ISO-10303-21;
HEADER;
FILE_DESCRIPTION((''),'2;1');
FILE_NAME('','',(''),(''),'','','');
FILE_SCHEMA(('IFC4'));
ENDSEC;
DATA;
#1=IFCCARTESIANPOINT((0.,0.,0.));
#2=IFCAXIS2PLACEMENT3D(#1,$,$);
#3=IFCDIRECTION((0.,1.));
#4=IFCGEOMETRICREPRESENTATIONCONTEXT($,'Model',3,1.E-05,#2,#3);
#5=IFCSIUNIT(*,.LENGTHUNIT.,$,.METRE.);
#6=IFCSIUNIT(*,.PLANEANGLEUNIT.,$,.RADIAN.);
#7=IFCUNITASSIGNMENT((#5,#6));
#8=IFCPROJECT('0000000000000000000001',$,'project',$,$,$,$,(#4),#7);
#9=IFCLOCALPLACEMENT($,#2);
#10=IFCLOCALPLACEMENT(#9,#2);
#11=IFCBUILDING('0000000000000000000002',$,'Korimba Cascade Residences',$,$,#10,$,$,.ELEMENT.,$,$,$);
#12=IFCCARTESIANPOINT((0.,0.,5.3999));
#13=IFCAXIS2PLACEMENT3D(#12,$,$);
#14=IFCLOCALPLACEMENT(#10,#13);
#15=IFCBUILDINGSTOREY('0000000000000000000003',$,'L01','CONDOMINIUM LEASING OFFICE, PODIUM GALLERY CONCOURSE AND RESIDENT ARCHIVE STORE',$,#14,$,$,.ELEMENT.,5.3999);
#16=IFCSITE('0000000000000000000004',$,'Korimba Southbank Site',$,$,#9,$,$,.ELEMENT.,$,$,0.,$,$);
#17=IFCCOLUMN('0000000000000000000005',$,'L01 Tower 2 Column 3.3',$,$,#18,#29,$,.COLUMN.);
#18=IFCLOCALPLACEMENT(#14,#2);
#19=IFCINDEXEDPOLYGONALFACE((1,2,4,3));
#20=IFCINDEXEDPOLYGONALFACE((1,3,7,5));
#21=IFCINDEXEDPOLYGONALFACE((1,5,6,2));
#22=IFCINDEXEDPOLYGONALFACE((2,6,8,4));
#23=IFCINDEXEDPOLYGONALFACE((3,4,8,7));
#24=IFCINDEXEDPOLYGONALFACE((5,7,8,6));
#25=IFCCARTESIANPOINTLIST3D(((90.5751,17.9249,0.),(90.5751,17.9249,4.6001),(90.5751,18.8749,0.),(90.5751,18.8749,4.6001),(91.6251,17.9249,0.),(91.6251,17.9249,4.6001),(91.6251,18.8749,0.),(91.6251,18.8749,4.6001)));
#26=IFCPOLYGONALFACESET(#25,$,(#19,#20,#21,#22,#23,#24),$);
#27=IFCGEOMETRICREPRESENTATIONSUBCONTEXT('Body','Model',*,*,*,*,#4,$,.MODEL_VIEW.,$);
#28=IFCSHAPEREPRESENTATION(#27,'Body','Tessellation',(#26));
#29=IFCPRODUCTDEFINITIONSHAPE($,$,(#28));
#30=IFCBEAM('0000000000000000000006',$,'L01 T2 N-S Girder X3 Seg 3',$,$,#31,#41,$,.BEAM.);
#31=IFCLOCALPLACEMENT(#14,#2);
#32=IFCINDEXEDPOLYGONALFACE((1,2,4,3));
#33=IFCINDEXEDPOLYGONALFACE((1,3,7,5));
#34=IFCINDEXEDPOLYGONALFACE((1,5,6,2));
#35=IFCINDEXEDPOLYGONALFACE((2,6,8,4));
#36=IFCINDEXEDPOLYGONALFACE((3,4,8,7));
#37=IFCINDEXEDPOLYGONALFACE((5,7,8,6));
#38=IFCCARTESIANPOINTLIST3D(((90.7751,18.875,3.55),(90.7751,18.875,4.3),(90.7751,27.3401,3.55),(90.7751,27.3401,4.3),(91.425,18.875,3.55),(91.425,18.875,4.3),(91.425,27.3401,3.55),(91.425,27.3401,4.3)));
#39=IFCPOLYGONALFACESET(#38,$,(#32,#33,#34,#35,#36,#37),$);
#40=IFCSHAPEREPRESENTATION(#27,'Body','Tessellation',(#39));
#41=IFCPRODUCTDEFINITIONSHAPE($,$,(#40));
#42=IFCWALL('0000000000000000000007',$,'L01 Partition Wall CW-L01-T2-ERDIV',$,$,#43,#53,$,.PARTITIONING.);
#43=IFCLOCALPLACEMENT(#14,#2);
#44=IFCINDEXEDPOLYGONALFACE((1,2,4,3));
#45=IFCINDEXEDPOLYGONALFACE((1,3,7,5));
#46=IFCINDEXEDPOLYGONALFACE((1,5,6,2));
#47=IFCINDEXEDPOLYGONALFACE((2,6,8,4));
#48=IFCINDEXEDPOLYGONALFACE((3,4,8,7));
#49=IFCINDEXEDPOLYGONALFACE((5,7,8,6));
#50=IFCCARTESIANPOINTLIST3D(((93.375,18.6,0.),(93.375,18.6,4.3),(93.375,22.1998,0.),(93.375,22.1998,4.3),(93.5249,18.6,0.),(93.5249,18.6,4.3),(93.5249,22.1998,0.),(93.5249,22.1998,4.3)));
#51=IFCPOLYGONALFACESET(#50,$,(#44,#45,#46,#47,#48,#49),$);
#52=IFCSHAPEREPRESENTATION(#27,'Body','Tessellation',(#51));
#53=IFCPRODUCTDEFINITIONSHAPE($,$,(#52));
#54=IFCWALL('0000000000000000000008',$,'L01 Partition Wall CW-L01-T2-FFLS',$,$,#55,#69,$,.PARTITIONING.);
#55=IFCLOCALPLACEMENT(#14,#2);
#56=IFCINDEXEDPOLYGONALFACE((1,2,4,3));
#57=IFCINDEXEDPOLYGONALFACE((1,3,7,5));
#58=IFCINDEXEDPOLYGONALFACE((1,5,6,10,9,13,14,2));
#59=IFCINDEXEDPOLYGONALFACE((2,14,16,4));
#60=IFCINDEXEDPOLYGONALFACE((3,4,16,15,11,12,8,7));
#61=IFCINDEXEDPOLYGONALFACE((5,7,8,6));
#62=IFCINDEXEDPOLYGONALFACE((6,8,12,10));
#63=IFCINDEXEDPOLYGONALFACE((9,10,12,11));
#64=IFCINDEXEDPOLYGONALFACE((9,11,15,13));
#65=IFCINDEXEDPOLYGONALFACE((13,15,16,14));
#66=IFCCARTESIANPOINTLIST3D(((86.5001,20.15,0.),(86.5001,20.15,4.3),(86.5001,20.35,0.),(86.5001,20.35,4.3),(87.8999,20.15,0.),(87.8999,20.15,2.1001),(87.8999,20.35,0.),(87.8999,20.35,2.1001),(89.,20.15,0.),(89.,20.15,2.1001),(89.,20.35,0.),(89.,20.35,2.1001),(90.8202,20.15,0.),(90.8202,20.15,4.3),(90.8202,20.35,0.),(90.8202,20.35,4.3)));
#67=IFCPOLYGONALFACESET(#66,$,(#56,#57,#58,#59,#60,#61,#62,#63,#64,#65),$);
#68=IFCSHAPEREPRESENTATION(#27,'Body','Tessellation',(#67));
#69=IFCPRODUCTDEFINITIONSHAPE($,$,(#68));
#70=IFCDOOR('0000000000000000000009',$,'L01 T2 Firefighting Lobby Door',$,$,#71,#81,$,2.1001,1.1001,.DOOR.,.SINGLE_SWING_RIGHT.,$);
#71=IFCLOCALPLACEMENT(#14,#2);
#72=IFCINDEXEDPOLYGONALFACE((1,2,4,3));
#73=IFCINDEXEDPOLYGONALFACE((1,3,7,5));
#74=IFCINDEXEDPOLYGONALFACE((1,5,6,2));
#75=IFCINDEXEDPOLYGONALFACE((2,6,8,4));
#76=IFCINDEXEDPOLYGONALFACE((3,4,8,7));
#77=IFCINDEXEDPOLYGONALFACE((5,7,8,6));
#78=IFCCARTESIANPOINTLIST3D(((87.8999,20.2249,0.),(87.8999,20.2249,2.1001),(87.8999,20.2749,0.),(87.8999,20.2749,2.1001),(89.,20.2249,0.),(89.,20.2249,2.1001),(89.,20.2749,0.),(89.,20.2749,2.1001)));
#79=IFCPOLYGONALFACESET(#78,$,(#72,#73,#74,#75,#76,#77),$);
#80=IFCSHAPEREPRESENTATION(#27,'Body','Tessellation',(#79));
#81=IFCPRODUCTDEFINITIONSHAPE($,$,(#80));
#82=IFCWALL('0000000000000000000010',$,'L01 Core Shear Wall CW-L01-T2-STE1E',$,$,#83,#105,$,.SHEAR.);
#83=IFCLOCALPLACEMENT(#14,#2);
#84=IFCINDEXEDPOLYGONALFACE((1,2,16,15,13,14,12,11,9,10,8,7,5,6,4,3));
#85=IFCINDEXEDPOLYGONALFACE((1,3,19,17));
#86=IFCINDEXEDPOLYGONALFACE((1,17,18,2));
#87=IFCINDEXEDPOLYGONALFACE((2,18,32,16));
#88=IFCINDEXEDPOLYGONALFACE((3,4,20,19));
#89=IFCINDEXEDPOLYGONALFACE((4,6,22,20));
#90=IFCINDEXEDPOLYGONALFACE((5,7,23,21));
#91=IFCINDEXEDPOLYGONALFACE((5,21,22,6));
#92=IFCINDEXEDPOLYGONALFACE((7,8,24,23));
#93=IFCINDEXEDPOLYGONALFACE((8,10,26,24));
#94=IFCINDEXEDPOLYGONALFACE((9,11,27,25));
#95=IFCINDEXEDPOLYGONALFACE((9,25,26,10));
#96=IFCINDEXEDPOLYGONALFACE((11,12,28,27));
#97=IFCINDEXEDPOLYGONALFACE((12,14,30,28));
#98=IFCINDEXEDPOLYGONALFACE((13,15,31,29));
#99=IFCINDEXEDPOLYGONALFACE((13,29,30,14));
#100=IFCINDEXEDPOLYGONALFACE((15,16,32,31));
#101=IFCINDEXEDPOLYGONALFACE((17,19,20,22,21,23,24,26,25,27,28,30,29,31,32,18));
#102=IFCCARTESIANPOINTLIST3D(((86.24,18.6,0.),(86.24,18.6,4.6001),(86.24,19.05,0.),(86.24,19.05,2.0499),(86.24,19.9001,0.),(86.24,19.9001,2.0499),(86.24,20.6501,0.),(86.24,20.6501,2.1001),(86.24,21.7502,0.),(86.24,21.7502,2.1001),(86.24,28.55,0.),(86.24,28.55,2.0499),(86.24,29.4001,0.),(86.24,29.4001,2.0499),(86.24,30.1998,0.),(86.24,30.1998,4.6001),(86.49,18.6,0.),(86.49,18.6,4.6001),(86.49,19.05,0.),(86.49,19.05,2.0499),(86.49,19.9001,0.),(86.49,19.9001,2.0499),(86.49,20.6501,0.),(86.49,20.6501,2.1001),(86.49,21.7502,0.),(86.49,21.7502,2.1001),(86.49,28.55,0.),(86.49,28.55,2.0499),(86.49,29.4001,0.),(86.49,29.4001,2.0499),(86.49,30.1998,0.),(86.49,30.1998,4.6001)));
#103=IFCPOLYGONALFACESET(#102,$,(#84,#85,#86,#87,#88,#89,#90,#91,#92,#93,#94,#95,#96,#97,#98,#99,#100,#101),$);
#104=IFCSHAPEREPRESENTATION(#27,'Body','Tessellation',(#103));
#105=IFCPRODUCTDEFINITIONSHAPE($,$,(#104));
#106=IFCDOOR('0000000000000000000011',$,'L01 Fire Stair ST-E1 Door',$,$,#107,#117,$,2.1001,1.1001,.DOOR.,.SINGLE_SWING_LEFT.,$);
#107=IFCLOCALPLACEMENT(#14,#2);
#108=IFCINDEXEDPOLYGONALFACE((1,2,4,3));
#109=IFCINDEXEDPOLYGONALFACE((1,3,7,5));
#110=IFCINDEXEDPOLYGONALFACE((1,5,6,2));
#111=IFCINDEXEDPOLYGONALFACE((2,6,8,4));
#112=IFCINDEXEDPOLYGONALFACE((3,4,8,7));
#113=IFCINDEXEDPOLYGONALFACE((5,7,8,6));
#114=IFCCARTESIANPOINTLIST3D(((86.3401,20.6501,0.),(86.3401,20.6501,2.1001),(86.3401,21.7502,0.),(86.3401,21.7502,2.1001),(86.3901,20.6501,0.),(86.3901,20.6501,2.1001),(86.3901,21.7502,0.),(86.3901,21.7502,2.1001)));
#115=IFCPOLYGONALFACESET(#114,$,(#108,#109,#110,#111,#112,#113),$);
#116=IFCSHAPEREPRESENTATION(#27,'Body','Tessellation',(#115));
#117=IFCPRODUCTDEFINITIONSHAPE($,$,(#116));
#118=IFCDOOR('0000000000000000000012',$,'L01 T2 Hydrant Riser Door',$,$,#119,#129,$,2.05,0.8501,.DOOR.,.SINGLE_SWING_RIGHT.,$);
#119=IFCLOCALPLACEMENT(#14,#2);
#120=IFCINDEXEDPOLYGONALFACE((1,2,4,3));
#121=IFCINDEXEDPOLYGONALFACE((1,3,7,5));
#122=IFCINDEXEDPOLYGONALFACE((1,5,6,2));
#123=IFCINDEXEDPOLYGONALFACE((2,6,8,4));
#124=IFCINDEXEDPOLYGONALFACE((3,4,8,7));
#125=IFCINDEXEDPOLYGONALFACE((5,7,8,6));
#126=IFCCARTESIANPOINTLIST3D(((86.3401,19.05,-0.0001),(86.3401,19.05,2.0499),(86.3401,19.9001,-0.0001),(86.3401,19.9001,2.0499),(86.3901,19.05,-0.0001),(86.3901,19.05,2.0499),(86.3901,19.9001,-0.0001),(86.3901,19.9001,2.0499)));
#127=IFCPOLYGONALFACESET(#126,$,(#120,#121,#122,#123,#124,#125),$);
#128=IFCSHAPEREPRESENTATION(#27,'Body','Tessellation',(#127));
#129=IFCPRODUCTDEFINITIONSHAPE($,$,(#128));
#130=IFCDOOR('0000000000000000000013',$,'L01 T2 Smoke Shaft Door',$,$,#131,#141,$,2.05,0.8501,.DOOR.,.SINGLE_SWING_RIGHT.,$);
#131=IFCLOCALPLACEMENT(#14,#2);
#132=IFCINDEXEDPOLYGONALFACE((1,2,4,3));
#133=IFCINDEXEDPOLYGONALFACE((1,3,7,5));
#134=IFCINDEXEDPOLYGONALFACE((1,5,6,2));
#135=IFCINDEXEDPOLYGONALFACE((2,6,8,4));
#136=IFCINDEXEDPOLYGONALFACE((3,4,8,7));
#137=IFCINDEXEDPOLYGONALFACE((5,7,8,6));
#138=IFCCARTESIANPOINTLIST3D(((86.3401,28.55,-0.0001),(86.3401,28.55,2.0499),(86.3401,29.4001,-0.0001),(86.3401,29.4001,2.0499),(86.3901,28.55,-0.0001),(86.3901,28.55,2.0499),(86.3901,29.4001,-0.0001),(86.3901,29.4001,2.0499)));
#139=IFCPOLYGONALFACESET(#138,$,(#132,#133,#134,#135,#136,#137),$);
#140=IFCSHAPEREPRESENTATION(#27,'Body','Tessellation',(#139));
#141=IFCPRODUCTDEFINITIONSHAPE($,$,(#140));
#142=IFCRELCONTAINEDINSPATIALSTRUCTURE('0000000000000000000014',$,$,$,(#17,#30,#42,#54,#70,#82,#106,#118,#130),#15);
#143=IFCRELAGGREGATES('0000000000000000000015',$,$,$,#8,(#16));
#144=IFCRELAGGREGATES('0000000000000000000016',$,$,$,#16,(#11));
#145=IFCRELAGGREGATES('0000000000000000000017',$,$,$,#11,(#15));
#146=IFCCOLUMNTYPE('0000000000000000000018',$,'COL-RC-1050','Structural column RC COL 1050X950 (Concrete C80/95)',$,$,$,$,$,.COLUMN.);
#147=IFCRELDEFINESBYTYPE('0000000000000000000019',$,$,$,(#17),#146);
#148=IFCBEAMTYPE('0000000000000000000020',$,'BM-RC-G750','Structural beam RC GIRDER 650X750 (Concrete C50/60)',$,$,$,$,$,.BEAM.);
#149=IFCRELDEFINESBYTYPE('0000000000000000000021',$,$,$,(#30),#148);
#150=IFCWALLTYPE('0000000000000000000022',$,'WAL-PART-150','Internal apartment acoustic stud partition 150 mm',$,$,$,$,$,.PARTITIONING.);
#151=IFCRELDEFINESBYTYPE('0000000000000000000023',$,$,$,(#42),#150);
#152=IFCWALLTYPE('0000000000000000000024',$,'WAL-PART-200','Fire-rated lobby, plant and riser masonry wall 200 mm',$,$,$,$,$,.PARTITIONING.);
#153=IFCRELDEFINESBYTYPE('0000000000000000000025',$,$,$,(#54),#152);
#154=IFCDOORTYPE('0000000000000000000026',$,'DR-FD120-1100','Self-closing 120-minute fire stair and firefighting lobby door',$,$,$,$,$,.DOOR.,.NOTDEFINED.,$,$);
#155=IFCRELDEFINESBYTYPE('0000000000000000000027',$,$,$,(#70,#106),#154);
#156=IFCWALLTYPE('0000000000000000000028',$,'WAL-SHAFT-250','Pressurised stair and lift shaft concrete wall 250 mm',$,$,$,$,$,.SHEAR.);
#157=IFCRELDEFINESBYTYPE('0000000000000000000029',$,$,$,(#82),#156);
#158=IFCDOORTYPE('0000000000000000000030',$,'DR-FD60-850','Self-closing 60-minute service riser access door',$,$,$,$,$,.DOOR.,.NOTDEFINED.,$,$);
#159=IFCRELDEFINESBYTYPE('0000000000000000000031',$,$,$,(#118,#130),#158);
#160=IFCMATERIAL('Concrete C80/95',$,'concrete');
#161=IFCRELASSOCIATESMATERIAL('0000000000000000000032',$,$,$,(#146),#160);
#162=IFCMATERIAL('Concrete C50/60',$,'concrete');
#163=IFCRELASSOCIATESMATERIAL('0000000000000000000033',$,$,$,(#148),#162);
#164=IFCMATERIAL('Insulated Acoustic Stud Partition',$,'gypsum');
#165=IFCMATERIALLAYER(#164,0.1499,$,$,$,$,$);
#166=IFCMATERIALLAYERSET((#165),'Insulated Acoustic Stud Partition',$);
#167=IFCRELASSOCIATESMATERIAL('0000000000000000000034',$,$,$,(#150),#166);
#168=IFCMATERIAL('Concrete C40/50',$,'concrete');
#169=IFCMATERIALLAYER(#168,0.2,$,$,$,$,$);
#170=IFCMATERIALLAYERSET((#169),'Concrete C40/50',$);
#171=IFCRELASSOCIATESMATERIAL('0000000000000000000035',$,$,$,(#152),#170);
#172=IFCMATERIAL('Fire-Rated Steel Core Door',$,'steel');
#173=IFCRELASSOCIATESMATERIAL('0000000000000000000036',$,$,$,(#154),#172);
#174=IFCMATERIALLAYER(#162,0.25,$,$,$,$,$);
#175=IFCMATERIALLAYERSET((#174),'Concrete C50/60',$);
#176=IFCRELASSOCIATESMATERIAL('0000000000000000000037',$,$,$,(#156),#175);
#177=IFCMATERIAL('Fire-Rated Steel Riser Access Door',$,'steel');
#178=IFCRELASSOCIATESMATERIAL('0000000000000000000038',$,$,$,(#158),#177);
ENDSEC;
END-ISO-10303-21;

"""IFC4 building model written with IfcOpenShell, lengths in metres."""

from ifc_helpers import new_model, si_unit, direction, frame, frame_2d, origin, origin_2d, place, context, subcontext, project, spatial, rectangle, extrude, material, layer, layer_set, material_profile, profile_set, type_object, element, fill, save


model = new_model("IFC4")

# Units and contexts
model_context = context("Model", 3, precision=1e-05, world=origin(), true_north=direction((0.0, 1.0)))
body_context = subcontext(model_context, "Body", "Model", "MODEL_VIEW")
ifc_project = project(units=[si_unit("LENGTHUNIT", "METRE"), si_unit("PLANEANGLEUNIT", "RADIAN")], contexts=[model_context])

# Site, building, storey
site_placement = place(None, origin())
site = spatial("IfcSite", under=ifc_project, at=site_placement, Name="Korimba Southbank Site", CompositionType="ELEMENT", RefElevation=0.0)
building_placement = place(site_placement, origin())
building = spatial("IfcBuilding", under=site, at=building_placement, Name="Korimba Cascade Residences", CompositionType="ELEMENT")
storey_placement = place(building_placement, frame((0.0, 0.0, 5.3999)))
storey = spatial("IfcBuildingStorey", under=building, at=storey_placement, Name="L01", Description="CONDOMINIUM LEASING OFFICE, PODIUM GALLERY CONCOURSE AND RESIDENT ARCHIVE STORE", CompositionType="ELEMENT", Elevation=5.3999)

# Column
ifc_material_1 = material(Name="Concrete C80/95", Category="concrete")
ifc_material_profile_1 = material_profile(ifc_material_1, rectangle(XDim=1.05, YDim=0.95, at=origin_2d()), Name="Concrete C80/95")
ifc_profile_set_1 = profile_set([ifc_material_profile_1], Name="Concrete C80/95")
column_type = type_object("IfcColumnType", Name="COL-RC-1050", Description="Structural column RC COL 1050X950 (Concrete C80/95)", PredefinedType="COLUMN", material=ifc_profile_set_1)
column_placement = place(storey_placement, frame((91.1001, 18.3999, 0.0), z_axis=(0.0, 0.0, 1.0), x_axis=(1.0, 0.0, 0.0)))
element("IfcColumn", 1, at=column_placement, inside=storey, type_object=column_type, Name="L01 Tower 2 Column 3.3", PredefinedType="COLUMN", context=body_context, shape_type="SweptSolid", body=[
    extrude(rectangle(XDim=1.05, YDim=0.95, at=origin_2d()), origin(), (0.0, 0.0, 1.0), 4.6001),
])

# Beam
ifc_material_2 = material(Name="Concrete C50/60", Category="concrete")
ifc_material_profile_2 = material_profile(ifc_material_2, rectangle(XDim=0.6499, YDim=0.75, at=origin_2d()), Name="Concrete C50/60")
ifc_profile_set_2 = profile_set([ifc_material_profile_2], Name="Concrete C50/60")
beam_type = type_object("IfcBeamType", Name="BM-RC-G750", Description="Structural beam RC GIRDER 650X750 (Concrete C50/60)", PredefinedType="BEAM", material=ifc_profile_set_2)
beam_placement = place(storey_placement, frame((91.1001, 18.875, 3.925), z_axis=(0.0, 1.0, 0.0), x_axis=(-1.0, 0.0, 0.0)))
element("IfcBeam", 2, at=beam_placement, inside=storey, type_object=beam_type, Name="L01 T2 N-S Girder X3 Seg 3", PredefinedType="BEAM", context=body_context, shape_type="SweptSolid", body=[
    extrude(rectangle(XDim=0.6499, YDim=0.75, at=origin_2d()), origin(), (0.0, 0.0, 1.0), 8.4651),
])

# Wall
ifc_material_3 = material(Name="Insulated Acoustic Stud Partition", Category="gypsum")
ifc_layer_1 = layer(ifc_material_3, 0.1499)
ifc_layer_set_1 = layer_set([ifc_layer_1], Name="Insulated Acoustic Stud Partition")
wall_type_1 = type_object("IfcWallType", Name="WAL-PART-150", Description="Internal apartment acoustic stud partition 150 mm", PredefinedType="PARTITIONING", material=ifc_layer_set_1)
wall_1_placement = place(storey_placement, frame((93.45, 18.6001, 0.0), z_axis=(0.0, 0.0, 1.0), x_axis=(0.0, 1.0, 0.0)))
element("IfcWall", 3, at=wall_1_placement, inside=storey, type_object=wall_type_1, Name="L01 Partition Wall CW-L01-T2-ERDIV", PredefinedType="PARTITIONING", context=body_context, shape_type="SweptSolid", body=[
    extrude(rectangle(XDim=3.5999, YDim=0.1499, at=frame_2d((1.7998, 0.0))), origin(), (0.0, 0.0, 1.0), 4.3),
])

# Wall, opening, door
ifc_material_4 = material(Name="Concrete C40/50", Category="concrete")
ifc_layer_2 = layer(ifc_material_4, 0.2)
ifc_layer_set_2 = layer_set([ifc_layer_2], Name="Concrete C40/50")
wall_type_2 = type_object("IfcWallType", Name="WAL-PART-200", Description="Fire-rated lobby, plant and riser masonry wall 200 mm", PredefinedType="PARTITIONING", material=ifc_layer_set_2)
wall_2_placement = place(storey_placement, frame((86.5, 20.25, 0.0), z_axis=(0.0, 0.0, 1.0), x_axis=(1.0, 0.0, 0.0)))
wall_2 = element("IfcWall", 4, at=wall_2_placement, inside=storey, type_object=wall_type_2, Name="L01 Partition Wall CW-L01-T2-FFLS", PredefinedType="PARTITIONING", context=body_context, shape_type="SweptSolid", body=[
    extrude(rectangle(XDim=4.3201, YDim=0.2, at=frame_2d((2.1602, 0.0))), origin(), (0.0, 0.0, 1.0), 4.3),
])
opening_1_placement = place(wall_2_placement, frame((1.3999, 0.0, 0.0)))
opening_1 = element("IfcOpeningElement", 5, at=opening_1_placement, cuts=wall_2, PredefinedType="OPENING", context=body_context, shape_type="SweptSolid", body=[
    extrude(rectangle(XDim=1.1001, YDim=2.1001, at=frame_2d((0.55, 1.05))), frame((0.0, 0.1099, 0.0), z_axis=(0.0, -1.0, 0.0), x_axis=(1.0, 0.0, 0.0)), (0.0, 0.0, 1.0), 0.22),
])
ifc_material_5 = material(Name="Fire-Rated Steel Core Door", Category="steel")
door_type_1 = type_object("IfcDoorType", Name="DR-FD120-1100", Description="Self-closing 120-minute fire stair and firefighting lobby door", OperationType="NOTDEFINED", PredefinedType="DOOR", material=ifc_material_5)
door_1_placement = place(opening_1_placement, origin())
door_1 = element("IfcDoor", 6, at=door_1_placement, inside=storey, type_object=door_type_1, Name="L01 T2 Firefighting Lobby Door", OperationType="SINGLE_SWING_RIGHT", OverallHeight=2.1001, OverallWidth=1.1001, PredefinedType="DOOR", context=body_context, shape_type="SweptSolid", body=[
    extrude(rectangle(XDim=1.1001, YDim=2.1001, at=frame_2d((0.55, 1.05))), frame((0.0, 0.0249, 0.0), z_axis=(0.0, -1.0, 0.0), x_axis=(1.0, 0.0, 0.0)), (0.0, 0.0, 1.0), 0.05),
])
fill(opening_1, door_1)

# Wall, openings, doors
ifc_layer_3 = layer(ifc_material_2, 0.25)
ifc_layer_set_3 = layer_set([ifc_layer_3], Name="Concrete C50/60")
wall_type_3 = type_object("IfcWallType", Name="WAL-SHAFT-250", Description="Pressurised stair and lift shaft concrete wall 250 mm", PredefinedType="SHEAR", material=ifc_layer_set_3)
wall_3_placement = place(storey_placement, frame((86.365, 18.6001, 0.0), z_axis=(0.0, 0.0, 1.0), x_axis=(0.0, 1.0, 0.0)))
wall_3 = element("IfcWall", 7, at=wall_3_placement, inside=storey, type_object=wall_type_3, Name="L01 Core Shear Wall CW-L01-T2-STE1E", PredefinedType="SHEAR", context=body_context, shape_type="SweptSolid", body=[
    extrude(rectangle(XDim=11.5999, YDim=0.25, at=frame_2d((5.7998, 0.0))), origin(), (0.0, 0.0, 1.0), 4.6001),
])
opening_2_placement = place(wall_3_placement, frame((0.45, 0.0, 0.0)))
opening_2 = element("IfcOpeningElement", 8, at=opening_2_placement, cuts=wall_3, PredefinedType="OPENING", context=body_context, shape_type="SweptSolid", body=[
    extrude(rectangle(XDim=0.8501, YDim=2.05, at=frame_2d((0.425, 1.0249))), frame((0.0, 0.135, 0.0), z_axis=(0.0, -1.0, 0.0), x_axis=(1.0, 0.0, 0.0)), (0.0, 0.0, 1.0), 0.27),
])
opening_3_placement = place(wall_3_placement, frame((2.05, 0.0, 0.0)))
opening_3 = element("IfcOpeningElement", 9, at=opening_3_placement, cuts=wall_3, PredefinedType="OPENING", context=body_context, shape_type="SweptSolid", body=[
    extrude(rectangle(XDim=1.1001, YDim=2.1001, at=frame_2d((0.55, 1.05))), frame((0.0, 0.135, 0.0), z_axis=(0.0, -1.0, 0.0), x_axis=(1.0, 0.0, 0.0)), (0.0, 0.0, 1.0), 0.27),
])
opening_4_placement = place(wall_3_placement, frame((9.95, 0.0, 0.0)))
opening_4 = element("IfcOpeningElement", 10, at=opening_4_placement, cuts=wall_3, PredefinedType="OPENING", context=body_context, shape_type="SweptSolid", body=[
    extrude(rectangle(XDim=0.8501, YDim=2.05, at=frame_2d((0.425, 1.0249))), frame((0.0, 0.135, 0.0), z_axis=(0.0, -1.0, 0.0), x_axis=(1.0, 0.0, 0.0)), (0.0, 0.0, 1.0), 0.27),
])
door_2_placement = place(opening_3_placement, origin())
door_2 = element("IfcDoor", 11, at=door_2_placement, inside=storey, type_object=door_type_1, Name="L01 Fire Stair ST-E1 Door", OperationType="SINGLE_SWING_LEFT", OverallHeight=2.1001, OverallWidth=1.1001, PredefinedType="DOOR", context=body_context, shape_type="SweptSolid", body=[
    extrude(rectangle(XDim=1.1001, YDim=2.1001, at=frame_2d((0.55, 1.05))), frame((0.0, 0.0249, 0.0), z_axis=(0.0, -1.0, 0.0), x_axis=(1.0, 0.0, 0.0)), (0.0, 0.0, 1.0), 0.05),
])
fill(opening_3, door_2)
ifc_material_6 = material(Name="Fire-Rated Steel Riser Access Door", Category="steel")
door_type_2 = type_object("IfcDoorType", Name="DR-FD60-850", Description="Self-closing 60-minute service riser access door", OperationType="NOTDEFINED", PredefinedType="DOOR", material=ifc_material_6)
door_3_placement = place(opening_2_placement, origin())
door_3 = element("IfcDoor", 12, at=door_3_placement, inside=storey, type_object=door_type_2, Name="L01 T2 Hydrant Riser Door", OperationType="SINGLE_SWING_RIGHT", OverallHeight=2.05, OverallWidth=0.8501, PredefinedType="DOOR", context=body_context, shape_type="SweptSolid", body=[
    extrude(rectangle(XDim=0.8501, YDim=2.05, at=frame_2d((0.425, 1.0249))), frame((0.0, 0.0249, 0.0), z_axis=(0.0, -1.0, 0.0), x_axis=(1.0, 0.0, 0.0)), (0.0, 0.0, 1.0), 0.05),
])
fill(opening_2, door_3)
door_4_placement = place(opening_4_placement, origin())
door_4 = element("IfcDoor", 13, at=door_4_placement, inside=storey, type_object=door_type_2, Name="L01 T2 Smoke Shaft Door", OperationType="SINGLE_SWING_RIGHT", OverallHeight=2.05, OverallWidth=0.8501, PredefinedType="DOOR", context=body_context, shape_type="SweptSolid", body=[
    extrude(rectangle(XDim=0.8501, YDim=2.05, at=frame_2d((0.425, 1.0249))), frame((0.0, 0.0249, 0.0), z_axis=(0.0, -1.0, 0.0), x_axis=(1.0, 0.0, 0.0)), (0.0, 0.0, 1.0), 0.05),
])
fill(opening_4, door_4)

save(model, "model.ifc")
